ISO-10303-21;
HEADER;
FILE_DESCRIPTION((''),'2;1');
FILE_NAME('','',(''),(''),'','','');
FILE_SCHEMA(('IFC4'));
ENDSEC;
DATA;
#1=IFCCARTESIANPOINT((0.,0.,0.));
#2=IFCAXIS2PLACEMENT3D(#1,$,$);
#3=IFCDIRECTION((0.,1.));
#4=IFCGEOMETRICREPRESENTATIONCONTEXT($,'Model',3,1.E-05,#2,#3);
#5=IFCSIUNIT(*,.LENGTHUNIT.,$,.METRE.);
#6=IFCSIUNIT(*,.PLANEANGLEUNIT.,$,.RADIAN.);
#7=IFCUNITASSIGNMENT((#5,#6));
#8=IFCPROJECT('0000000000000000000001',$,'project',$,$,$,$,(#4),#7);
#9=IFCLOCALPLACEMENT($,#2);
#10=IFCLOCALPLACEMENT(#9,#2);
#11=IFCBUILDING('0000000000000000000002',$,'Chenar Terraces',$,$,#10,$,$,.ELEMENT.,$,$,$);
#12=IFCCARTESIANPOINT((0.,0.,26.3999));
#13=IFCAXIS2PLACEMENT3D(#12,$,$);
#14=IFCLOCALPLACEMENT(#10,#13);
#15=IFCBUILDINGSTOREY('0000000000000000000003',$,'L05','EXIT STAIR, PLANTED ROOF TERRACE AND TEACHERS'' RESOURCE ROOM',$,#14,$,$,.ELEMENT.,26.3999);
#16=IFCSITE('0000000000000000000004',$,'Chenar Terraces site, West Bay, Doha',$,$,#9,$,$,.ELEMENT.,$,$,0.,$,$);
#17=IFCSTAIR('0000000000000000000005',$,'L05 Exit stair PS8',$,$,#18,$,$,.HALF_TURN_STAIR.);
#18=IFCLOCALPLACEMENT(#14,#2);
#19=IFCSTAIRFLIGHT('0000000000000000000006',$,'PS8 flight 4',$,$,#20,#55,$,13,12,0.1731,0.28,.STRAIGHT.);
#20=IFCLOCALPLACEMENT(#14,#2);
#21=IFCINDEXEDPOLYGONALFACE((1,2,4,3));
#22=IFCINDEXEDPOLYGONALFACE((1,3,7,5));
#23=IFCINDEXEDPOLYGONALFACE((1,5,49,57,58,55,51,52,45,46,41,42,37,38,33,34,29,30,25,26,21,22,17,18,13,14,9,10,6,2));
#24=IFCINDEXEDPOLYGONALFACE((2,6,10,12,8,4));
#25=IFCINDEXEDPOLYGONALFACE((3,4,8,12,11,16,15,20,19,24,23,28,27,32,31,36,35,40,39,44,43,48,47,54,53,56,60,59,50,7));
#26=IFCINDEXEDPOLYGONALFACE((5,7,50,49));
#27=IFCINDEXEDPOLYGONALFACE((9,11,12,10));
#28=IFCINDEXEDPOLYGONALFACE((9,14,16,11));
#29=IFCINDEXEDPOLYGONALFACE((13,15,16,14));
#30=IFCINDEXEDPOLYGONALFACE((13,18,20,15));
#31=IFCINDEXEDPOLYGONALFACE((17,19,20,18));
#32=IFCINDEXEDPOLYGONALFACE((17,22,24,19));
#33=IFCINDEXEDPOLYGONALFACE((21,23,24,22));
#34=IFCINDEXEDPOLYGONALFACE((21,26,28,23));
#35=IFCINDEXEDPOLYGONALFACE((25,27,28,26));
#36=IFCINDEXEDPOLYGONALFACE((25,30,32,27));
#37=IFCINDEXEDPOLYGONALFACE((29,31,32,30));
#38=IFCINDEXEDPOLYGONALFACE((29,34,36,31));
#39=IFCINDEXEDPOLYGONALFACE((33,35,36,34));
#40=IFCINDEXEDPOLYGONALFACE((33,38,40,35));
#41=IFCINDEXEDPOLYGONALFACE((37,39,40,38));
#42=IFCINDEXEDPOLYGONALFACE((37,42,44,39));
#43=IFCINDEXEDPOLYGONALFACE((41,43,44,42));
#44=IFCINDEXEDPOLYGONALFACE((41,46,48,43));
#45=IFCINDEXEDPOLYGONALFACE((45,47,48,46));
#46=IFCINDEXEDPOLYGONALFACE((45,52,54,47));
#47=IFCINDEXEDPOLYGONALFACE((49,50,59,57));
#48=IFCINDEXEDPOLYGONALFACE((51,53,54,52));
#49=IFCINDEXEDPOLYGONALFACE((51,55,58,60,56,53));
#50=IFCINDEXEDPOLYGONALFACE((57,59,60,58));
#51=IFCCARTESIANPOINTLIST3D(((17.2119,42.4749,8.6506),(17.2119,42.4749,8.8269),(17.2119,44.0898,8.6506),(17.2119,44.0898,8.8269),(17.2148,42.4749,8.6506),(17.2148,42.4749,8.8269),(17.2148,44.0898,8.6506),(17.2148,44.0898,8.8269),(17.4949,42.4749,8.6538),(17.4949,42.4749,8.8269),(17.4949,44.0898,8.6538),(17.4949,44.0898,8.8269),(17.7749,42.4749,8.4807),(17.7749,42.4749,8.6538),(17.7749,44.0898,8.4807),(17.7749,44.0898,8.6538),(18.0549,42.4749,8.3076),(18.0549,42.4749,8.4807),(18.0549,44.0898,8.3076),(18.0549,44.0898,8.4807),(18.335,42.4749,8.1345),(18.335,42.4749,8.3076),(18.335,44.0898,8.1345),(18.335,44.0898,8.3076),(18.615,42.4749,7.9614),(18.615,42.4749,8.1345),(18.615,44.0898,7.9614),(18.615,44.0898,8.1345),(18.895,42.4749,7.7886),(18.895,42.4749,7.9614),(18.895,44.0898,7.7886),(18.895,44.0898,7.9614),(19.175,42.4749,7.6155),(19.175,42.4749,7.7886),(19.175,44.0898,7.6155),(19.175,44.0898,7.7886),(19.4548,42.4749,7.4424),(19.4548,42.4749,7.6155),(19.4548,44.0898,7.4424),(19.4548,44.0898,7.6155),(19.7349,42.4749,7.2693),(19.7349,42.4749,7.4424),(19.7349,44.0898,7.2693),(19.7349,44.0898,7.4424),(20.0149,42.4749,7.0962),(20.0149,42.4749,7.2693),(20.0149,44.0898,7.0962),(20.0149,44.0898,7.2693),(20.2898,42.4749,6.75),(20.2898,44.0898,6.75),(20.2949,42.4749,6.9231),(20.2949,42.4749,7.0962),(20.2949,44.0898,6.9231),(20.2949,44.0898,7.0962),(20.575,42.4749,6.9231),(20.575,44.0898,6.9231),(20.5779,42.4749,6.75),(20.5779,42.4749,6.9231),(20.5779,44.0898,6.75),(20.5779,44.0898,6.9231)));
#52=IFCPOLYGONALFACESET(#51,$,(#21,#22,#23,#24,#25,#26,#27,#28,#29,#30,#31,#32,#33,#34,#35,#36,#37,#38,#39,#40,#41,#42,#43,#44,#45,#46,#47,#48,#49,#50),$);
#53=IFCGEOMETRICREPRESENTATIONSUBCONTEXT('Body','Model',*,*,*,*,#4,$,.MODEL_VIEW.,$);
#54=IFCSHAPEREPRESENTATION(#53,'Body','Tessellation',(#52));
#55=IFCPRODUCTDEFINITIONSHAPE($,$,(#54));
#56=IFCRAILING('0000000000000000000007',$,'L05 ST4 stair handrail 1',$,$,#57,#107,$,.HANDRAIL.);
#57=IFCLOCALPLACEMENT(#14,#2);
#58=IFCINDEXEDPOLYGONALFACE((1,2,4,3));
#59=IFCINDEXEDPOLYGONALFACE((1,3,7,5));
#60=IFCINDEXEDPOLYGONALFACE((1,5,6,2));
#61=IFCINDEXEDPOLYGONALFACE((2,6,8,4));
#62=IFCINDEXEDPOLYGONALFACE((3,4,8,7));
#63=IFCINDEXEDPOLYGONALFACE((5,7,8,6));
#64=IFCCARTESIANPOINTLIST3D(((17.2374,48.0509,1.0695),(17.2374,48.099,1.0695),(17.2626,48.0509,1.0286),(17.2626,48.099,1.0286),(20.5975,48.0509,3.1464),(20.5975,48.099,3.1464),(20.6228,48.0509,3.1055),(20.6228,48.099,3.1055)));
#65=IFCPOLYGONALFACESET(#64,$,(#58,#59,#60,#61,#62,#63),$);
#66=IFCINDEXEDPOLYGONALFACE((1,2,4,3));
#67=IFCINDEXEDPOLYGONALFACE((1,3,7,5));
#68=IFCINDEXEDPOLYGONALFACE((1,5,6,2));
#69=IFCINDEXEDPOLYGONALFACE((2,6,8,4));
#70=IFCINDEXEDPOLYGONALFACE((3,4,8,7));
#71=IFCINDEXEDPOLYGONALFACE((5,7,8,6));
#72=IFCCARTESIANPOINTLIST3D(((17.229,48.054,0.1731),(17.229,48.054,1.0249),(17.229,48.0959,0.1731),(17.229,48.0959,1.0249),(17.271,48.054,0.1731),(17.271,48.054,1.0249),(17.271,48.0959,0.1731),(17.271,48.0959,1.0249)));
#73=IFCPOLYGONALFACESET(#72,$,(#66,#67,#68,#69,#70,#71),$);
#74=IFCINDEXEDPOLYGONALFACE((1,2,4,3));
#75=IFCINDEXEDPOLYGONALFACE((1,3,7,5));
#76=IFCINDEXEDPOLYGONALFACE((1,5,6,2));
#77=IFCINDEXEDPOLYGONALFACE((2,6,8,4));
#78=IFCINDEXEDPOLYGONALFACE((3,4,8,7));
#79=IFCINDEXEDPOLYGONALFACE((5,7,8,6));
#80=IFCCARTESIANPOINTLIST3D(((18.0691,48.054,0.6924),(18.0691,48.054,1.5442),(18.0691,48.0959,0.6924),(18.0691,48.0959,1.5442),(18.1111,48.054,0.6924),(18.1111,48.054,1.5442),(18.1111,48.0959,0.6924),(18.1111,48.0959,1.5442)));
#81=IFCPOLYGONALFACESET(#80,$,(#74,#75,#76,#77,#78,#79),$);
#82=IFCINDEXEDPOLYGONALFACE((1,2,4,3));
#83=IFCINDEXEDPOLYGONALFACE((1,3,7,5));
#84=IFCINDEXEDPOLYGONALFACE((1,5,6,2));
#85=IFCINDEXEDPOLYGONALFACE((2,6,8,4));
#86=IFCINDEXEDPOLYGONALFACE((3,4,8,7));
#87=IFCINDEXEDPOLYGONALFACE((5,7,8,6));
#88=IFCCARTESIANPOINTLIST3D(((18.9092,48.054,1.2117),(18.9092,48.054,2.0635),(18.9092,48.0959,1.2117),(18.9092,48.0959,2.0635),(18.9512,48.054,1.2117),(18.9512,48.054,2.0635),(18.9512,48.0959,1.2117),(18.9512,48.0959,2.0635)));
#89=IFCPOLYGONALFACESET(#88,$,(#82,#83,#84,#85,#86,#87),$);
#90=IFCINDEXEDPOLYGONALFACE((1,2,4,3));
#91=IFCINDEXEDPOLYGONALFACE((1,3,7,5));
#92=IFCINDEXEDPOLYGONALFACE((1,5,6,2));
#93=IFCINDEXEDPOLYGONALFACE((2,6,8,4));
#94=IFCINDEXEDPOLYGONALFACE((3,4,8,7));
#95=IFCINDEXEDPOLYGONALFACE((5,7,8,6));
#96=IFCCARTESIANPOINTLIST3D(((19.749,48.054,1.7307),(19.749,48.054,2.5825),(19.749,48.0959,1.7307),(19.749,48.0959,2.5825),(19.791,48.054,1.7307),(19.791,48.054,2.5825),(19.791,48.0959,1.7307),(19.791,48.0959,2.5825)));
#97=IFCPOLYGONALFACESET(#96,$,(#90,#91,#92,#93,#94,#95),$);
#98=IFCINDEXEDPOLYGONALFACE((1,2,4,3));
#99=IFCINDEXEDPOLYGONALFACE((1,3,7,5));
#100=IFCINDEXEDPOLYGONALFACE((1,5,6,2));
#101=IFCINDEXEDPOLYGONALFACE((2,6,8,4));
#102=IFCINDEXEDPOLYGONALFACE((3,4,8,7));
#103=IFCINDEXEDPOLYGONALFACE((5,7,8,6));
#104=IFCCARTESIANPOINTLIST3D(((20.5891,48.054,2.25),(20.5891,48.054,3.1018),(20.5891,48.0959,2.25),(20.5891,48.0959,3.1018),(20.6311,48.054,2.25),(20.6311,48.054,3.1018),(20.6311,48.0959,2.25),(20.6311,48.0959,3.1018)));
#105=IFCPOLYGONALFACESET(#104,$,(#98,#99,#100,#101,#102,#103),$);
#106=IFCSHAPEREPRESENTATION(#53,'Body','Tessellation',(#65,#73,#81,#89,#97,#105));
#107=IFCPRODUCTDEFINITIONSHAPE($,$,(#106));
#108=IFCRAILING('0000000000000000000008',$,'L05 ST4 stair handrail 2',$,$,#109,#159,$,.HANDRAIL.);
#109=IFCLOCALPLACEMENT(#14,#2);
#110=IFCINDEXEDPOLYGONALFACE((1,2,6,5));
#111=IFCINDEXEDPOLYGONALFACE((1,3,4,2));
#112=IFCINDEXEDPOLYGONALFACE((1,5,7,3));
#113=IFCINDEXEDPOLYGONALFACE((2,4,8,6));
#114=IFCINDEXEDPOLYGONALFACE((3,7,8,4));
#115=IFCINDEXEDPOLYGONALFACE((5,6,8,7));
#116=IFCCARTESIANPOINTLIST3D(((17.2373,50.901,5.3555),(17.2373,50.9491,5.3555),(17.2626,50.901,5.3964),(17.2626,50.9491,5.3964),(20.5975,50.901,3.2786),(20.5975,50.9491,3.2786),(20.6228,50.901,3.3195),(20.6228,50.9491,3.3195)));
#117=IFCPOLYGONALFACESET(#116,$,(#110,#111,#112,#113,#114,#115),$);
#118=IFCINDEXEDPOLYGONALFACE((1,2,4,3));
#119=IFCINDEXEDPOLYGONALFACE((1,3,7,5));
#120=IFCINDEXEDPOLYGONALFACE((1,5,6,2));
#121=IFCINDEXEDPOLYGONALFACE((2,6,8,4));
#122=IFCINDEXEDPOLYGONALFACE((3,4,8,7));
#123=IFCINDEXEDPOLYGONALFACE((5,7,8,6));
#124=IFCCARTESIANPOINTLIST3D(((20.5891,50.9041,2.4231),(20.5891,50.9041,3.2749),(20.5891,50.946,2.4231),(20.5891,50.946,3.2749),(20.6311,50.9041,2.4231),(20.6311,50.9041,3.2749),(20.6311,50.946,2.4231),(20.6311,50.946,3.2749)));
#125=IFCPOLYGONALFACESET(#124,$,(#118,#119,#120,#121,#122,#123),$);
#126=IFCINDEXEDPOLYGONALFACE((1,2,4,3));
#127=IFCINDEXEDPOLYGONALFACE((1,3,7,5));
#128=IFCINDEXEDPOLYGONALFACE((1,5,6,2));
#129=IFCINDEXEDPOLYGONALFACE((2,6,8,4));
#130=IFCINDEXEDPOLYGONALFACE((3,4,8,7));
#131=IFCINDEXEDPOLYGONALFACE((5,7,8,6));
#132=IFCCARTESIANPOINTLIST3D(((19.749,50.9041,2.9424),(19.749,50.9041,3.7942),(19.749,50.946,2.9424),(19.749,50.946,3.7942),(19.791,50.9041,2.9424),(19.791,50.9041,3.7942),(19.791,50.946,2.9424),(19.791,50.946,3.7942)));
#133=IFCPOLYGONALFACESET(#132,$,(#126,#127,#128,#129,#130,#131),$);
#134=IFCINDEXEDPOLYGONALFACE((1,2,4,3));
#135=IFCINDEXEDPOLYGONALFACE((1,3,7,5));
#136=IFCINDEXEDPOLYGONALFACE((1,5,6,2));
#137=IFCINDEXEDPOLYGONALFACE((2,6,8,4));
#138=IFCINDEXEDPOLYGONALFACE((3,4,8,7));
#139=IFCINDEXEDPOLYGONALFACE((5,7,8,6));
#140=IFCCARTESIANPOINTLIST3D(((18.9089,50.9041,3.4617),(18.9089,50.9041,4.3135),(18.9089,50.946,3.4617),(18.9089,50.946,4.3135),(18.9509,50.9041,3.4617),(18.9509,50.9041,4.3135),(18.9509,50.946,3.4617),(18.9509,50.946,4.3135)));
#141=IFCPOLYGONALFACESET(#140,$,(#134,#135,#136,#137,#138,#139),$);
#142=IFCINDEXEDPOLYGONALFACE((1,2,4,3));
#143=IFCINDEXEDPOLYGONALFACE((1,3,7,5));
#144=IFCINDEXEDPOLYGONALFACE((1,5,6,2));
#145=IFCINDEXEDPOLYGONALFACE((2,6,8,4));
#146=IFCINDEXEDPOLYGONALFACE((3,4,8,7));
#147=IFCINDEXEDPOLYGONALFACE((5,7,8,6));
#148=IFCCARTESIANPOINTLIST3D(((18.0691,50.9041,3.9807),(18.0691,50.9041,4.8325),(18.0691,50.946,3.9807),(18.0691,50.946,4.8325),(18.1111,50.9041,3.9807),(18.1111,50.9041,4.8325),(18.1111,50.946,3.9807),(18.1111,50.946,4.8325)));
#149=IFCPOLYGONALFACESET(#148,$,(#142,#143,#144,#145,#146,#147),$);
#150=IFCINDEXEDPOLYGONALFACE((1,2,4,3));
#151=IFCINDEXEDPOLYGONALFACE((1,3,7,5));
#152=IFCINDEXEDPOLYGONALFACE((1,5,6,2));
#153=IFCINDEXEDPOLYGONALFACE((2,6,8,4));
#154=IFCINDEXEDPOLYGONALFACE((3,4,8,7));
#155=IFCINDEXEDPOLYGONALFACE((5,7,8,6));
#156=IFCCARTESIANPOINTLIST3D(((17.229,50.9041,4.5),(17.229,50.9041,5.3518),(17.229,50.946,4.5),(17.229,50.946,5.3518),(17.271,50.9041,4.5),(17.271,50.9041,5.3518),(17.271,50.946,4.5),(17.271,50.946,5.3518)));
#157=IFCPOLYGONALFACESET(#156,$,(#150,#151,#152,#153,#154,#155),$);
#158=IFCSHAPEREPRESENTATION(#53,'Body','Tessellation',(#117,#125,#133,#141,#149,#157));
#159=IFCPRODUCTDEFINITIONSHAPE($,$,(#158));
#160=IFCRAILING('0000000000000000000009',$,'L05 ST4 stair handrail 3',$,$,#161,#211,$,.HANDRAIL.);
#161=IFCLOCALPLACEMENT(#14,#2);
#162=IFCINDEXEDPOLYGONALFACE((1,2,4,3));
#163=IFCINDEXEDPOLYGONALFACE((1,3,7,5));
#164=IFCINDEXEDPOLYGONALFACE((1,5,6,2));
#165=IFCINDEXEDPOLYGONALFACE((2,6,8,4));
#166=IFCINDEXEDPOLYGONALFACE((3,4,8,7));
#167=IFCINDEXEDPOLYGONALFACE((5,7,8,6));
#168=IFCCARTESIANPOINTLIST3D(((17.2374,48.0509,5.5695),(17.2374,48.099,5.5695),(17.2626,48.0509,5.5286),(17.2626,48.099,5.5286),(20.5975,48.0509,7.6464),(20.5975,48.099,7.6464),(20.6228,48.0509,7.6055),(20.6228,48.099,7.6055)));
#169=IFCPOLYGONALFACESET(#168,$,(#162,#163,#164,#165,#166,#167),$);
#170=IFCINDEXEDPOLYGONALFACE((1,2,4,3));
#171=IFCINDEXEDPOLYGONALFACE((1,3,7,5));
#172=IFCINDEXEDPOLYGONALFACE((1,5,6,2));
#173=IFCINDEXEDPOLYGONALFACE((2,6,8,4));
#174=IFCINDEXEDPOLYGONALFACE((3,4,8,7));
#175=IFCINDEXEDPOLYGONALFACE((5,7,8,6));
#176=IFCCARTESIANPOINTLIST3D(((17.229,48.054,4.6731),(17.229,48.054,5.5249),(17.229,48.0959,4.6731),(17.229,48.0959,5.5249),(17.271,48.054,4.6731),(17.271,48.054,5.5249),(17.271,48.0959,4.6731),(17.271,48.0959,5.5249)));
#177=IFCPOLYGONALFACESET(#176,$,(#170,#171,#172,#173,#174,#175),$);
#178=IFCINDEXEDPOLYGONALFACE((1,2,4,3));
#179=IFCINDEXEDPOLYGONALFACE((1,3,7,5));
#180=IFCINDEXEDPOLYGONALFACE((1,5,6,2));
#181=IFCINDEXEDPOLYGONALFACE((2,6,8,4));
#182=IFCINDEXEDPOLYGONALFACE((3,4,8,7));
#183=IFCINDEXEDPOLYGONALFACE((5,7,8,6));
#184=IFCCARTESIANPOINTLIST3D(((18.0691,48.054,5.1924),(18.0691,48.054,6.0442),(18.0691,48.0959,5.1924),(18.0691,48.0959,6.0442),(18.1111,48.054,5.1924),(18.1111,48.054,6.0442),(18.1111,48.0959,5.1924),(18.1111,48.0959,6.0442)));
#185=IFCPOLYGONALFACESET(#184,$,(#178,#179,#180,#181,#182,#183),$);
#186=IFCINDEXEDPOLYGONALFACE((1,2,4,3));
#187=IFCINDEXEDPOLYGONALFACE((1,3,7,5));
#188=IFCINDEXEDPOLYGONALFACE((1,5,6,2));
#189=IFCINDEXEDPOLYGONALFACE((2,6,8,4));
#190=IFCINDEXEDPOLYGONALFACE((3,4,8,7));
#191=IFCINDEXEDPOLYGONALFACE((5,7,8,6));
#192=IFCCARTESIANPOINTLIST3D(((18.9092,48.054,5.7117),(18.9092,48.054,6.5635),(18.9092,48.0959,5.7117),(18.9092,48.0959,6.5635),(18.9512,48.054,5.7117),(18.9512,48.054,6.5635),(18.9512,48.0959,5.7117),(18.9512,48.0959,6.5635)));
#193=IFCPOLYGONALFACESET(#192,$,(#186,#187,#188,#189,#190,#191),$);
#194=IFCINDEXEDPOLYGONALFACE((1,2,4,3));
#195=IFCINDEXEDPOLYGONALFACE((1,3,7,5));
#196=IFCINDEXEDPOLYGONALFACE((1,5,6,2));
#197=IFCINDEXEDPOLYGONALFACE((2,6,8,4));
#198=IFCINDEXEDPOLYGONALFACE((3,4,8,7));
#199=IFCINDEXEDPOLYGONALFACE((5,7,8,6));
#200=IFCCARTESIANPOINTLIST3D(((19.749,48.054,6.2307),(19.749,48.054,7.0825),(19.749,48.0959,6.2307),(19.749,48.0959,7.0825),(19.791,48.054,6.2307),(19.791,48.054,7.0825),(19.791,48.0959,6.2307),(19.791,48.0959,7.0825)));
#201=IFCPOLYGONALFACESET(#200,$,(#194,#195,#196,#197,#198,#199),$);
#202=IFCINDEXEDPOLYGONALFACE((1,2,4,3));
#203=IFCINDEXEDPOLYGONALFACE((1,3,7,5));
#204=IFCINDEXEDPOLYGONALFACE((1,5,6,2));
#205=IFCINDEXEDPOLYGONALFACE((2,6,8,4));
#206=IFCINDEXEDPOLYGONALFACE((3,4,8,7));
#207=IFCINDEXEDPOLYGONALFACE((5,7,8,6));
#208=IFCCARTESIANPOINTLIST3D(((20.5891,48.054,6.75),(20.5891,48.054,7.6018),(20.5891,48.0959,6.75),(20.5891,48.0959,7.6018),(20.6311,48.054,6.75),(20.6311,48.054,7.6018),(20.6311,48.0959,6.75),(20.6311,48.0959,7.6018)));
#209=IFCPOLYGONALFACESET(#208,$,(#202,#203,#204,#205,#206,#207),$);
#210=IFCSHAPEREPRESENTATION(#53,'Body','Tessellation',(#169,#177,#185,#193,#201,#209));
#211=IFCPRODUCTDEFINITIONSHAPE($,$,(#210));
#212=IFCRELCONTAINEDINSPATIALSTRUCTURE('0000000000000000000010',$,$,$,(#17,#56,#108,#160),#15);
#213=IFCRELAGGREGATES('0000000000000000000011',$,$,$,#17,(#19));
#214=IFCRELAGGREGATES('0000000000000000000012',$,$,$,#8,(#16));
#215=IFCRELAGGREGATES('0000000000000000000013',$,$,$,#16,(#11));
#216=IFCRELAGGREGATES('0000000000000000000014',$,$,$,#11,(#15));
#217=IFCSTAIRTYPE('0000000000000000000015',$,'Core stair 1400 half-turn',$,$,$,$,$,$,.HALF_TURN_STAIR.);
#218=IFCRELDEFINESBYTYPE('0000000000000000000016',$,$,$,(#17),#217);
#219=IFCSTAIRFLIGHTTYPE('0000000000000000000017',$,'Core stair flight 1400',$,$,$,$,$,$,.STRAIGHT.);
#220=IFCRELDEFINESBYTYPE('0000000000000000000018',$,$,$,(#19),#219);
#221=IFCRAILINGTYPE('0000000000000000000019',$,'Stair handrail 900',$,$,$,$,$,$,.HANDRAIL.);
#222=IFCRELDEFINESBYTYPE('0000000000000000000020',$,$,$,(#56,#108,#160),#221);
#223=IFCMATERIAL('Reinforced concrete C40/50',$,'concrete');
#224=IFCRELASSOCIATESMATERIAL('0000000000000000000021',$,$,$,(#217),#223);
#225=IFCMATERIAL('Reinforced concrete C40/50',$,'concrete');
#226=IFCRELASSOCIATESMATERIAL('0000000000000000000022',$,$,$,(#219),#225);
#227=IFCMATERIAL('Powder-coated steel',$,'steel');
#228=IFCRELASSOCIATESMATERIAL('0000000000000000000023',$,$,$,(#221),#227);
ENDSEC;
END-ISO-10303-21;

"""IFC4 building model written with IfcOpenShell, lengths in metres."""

from ifc_helpers import new_model, si_unit, direction, frame, origin, origin_2d, place, context, subcontext, project, spatial, polyline, rectangle, outline, extrude, material, type_object, element, aggregate, save


model = new_model("IFC4")

# Units and contexts
model_context = context("Model", 3, precision=1e-05, world=origin(), true_north=direction((0.0, 1.0)))
body_context = subcontext(model_context, "Body", "Model", "MODEL_VIEW")
ifc_project = project(units=[si_unit("LENGTHUNIT", "METRE"), si_unit("PLANEANGLEUNIT", "RADIAN")], contexts=[model_context])

# Site, building, storey
site_placement = place(None, origin())
site = spatial("IfcSite", under=ifc_project, at=site_placement, Name="Chenar Terraces site, West Bay, Doha", CompositionType="ELEMENT", RefElevation=0.0)
building_placement = place(site_placement, origin())
building = spatial("IfcBuilding", under=site, at=building_placement, Name="Chenar Terraces", CompositionType="ELEMENT")
storey_placement = place(building_placement, frame((0.0, 0.0, 26.3999)))
storey = spatial("IfcBuildingStorey", under=building, at=storey_placement, Name="L05", Description="EXIT STAIR, PLANTED ROOF TERRACE AND TEACHERS' RESOURCE ROOM", CompositionType="ELEMENT", Elevation=26.3999)

# Stair, stair flight
ifc_material_1 = material(Name="Reinforced concrete C40/50", Category="concrete")
stair_type = type_object("IfcStairType", Name="Core stair 1400 half-turn", PredefinedType="HALF_TURN_STAIR", material=ifc_material_1)
placement = place(storey_placement, origin())
ifc_material_2 = material(Name="Reinforced concrete C40/50", Category="concrete")
stair_flight_type = type_object("IfcStairFlightType", Name="Core stair flight 1400", PredefinedType="STRAIGHT", material=ifc_material_2)
stair_1 = element("IfcStair", 1, at=placement, inside=storey, type_object=stair_type, Name="L05 Exit stair PS8", PredefinedType="HALF_TURN_STAIR")
stair_flight_1_placement = place(storey_placement, frame((20.575, 43.2825, 6.75), z_axis=(0.0, 0.0, 1.0), x_axis=(-1.0, 0.0, 0.0)))
stair_flight_1 = element("IfcStairFlight", 2, at=stair_flight_1_placement, type_object=stair_flight_type, Name="PS8 flight 4", NumberOfRisers=13, NumberOfTreads=12, PredefinedType="STRAIGHT", RiserHeight=0.1731, TreadLength=0.28, context=body_context, shape_type="SweptSolid", body=[
    extrude(outline(polyline([(-0.0029, 0.0), (-0.0029, 0.1731), (0.0, 0.1731), (0.28, 0.1731), (0.28, 0.3462), (0.5601, 0.3462), (0.5601, 0.5193), (0.8401, 0.5193), (0.8401, 0.6924), (1.1201, 0.6924), (1.1201, 0.8655), (1.3999, 0.8655), (1.3999, 1.0386), (1.6799, 1.0386), (1.6799, 1.2114), (1.96, 1.2114), (1.96, 1.3845), (2.24, 1.3845), (2.24, 1.5576), (2.52, 1.5576), (2.52, 1.7307), (2.8, 1.7307), (2.8, 1.9038), (3.0801, 1.9038), (3.0801, 2.0769), (3.3601, 2.0769), (3.363, 2.0769), (3.363, 1.9006), (3.3601, 1.9006), (0.2852, 0.0), (-0.0029, 0.0)])), frame((0.0, 0.8076, 0.0), z_axis=(0.0, -1.0, 0.0), x_axis=(1.0, 0.0, 0.0)), (0.0, 0.0, 1.0), 1.615),
])
aggregate(stair_1, [stair_flight_1])

# Railings
ifc_material_3 = material(Name="Powder-coated steel", Category="steel")
railing_type_1 = type_object("IfcRailingType", Name="Stair handrail 900", PredefinedType="HANDRAIL", material=ifc_material_3)
railing_1_placement = place(storey_placement, frame((17.25, 48.075, 0.1731)))
element("IfcRailing", 3, at=railing_1_placement, inside=storey, type_object=railing_type_1, Name="L05 ST4 stair handrail 1", PredefinedType="HANDRAIL", context=body_context, shape_type="SweptSolid", body=[
    extrude(rectangle(XDim=0.0481, YDim=0.0481, at=origin_2d()), frame((0.0, 0.0, 0.876), z_axis=(0.850623, 0.0, 0.525776), x_axis=(0.0, 1.0, 0.0)), (0.0, 0.0, 1.0), 3.9502),
    extrude(rectangle(XDim=0.042, YDim=0.042, at=origin_2d()), origin(), (0.0, 0.0, 1.0), 0.8518),
    extrude(rectangle(XDim=0.042, YDim=0.042, at=origin_2d()), frame((0.8401, 0.0, 0.5193)), (0.0, 0.0, 1.0), 0.8518),
    extrude(rectangle(XDim=0.042, YDim=0.042, at=origin_2d()), frame((1.6802, 0.0, 1.0386)), (0.0, 0.0, 1.0), 0.8518),
    extrude(rectangle(XDim=0.042, YDim=0.042, at=origin_2d()), frame((2.52, 0.0, 1.5576)), (0.0, 0.0, 1.0), 0.8518),
    extrude(rectangle(XDim=0.042, YDim=0.042, at=origin_2d()), frame((3.3601, 0.0, 2.0769)), (0.0, 0.0, 1.0), 0.8518),
])
railing_2_placement = place(storey_placement, frame((20.6101, 50.925, 2.4231)))
element("IfcRailing", 4, at=railing_2_placement, inside=storey, type_object=railing_type_1, Name="L05 ST4 stair handrail 2", PredefinedType="HANDRAIL", context=body_context, shape_type="SweptSolid", body=[
    extrude(rectangle(XDim=0.0481, YDim=0.0481, at=origin_2d()), frame((0.0, 0.0, 0.876), z_axis=(-0.850623, 0.0, 0.525776), x_axis=(0.0, -1.0, 0.0)), (0.0, 0.0, 1.0), 3.9502),
    extrude(rectangle(XDim=0.042, YDim=0.042, at=origin_2d()), origin(), (0.0, 0.0, 1.0), 0.8518),
    extrude(rectangle(XDim=0.042, YDim=0.042, at=origin_2d()), frame((-0.8401, 0.0, 0.5193)), (0.0, 0.0, 1.0), 0.8518),
    extrude(rectangle(XDim=0.042, YDim=0.042, at=origin_2d()), frame((-1.6802, 0.0, 1.0386)), (0.0, 0.0, 1.0), 0.8518),
    extrude(rectangle(XDim=0.042, YDim=0.042, at=origin_2d()), frame((-2.52, 0.0, 1.5576)), (0.0, 0.0, 1.0), 0.8518),
    extrude(rectangle(XDim=0.042, YDim=0.042, at=origin_2d()), frame((-3.3601, 0.0, 2.0769)), (0.0, 0.0, 1.0), 0.8518),
])
railing_3_placement = place(storey_placement, frame((17.25, 48.075, 4.6731)))
element("IfcRailing", 5, at=railing_3_placement, inside=storey, type_object=railing_type_1, Name="L05 ST4 stair handrail 3", PredefinedType="HANDRAIL", context=body_context, shape_type="SweptSolid", body=[
    extrude(rectangle(XDim=0.0481, YDim=0.0481, at=origin_2d()), frame((0.0, 0.0, 0.876), z_axis=(0.850623, 0.0, 0.525776), x_axis=(0.0, 1.0, 0.0)), (0.0, 0.0, 1.0), 3.9502),
    extrude(rectangle(XDim=0.042, YDim=0.042, at=origin_2d()), origin(), (0.0, 0.0, 1.0), 0.8518),
    extrude(rectangle(XDim=0.042, YDim=0.042, at=origin_2d()), frame((0.8401, 0.0, 0.5193)), (0.0, 0.0, 1.0), 0.8518),
    extrude(rectangle(XDim=0.042, YDim=0.042, at=origin_2d()), frame((1.6802, 0.0, 1.0386)), (0.0, 0.0, 1.0), 0.8518),
    extrude(rectangle(XDim=0.042, YDim=0.042, at=origin_2d()), frame((2.52, 0.0, 1.5576)), (0.0, 0.0, 1.0), 0.8518),
    extrude(rectangle(XDim=0.042, YDim=0.042, at=origin_2d()), frame((3.3601, 0.0, 2.0769)), (0.0, 0.0, 1.0), 0.8518),
])

save(model, "model.ifc")
